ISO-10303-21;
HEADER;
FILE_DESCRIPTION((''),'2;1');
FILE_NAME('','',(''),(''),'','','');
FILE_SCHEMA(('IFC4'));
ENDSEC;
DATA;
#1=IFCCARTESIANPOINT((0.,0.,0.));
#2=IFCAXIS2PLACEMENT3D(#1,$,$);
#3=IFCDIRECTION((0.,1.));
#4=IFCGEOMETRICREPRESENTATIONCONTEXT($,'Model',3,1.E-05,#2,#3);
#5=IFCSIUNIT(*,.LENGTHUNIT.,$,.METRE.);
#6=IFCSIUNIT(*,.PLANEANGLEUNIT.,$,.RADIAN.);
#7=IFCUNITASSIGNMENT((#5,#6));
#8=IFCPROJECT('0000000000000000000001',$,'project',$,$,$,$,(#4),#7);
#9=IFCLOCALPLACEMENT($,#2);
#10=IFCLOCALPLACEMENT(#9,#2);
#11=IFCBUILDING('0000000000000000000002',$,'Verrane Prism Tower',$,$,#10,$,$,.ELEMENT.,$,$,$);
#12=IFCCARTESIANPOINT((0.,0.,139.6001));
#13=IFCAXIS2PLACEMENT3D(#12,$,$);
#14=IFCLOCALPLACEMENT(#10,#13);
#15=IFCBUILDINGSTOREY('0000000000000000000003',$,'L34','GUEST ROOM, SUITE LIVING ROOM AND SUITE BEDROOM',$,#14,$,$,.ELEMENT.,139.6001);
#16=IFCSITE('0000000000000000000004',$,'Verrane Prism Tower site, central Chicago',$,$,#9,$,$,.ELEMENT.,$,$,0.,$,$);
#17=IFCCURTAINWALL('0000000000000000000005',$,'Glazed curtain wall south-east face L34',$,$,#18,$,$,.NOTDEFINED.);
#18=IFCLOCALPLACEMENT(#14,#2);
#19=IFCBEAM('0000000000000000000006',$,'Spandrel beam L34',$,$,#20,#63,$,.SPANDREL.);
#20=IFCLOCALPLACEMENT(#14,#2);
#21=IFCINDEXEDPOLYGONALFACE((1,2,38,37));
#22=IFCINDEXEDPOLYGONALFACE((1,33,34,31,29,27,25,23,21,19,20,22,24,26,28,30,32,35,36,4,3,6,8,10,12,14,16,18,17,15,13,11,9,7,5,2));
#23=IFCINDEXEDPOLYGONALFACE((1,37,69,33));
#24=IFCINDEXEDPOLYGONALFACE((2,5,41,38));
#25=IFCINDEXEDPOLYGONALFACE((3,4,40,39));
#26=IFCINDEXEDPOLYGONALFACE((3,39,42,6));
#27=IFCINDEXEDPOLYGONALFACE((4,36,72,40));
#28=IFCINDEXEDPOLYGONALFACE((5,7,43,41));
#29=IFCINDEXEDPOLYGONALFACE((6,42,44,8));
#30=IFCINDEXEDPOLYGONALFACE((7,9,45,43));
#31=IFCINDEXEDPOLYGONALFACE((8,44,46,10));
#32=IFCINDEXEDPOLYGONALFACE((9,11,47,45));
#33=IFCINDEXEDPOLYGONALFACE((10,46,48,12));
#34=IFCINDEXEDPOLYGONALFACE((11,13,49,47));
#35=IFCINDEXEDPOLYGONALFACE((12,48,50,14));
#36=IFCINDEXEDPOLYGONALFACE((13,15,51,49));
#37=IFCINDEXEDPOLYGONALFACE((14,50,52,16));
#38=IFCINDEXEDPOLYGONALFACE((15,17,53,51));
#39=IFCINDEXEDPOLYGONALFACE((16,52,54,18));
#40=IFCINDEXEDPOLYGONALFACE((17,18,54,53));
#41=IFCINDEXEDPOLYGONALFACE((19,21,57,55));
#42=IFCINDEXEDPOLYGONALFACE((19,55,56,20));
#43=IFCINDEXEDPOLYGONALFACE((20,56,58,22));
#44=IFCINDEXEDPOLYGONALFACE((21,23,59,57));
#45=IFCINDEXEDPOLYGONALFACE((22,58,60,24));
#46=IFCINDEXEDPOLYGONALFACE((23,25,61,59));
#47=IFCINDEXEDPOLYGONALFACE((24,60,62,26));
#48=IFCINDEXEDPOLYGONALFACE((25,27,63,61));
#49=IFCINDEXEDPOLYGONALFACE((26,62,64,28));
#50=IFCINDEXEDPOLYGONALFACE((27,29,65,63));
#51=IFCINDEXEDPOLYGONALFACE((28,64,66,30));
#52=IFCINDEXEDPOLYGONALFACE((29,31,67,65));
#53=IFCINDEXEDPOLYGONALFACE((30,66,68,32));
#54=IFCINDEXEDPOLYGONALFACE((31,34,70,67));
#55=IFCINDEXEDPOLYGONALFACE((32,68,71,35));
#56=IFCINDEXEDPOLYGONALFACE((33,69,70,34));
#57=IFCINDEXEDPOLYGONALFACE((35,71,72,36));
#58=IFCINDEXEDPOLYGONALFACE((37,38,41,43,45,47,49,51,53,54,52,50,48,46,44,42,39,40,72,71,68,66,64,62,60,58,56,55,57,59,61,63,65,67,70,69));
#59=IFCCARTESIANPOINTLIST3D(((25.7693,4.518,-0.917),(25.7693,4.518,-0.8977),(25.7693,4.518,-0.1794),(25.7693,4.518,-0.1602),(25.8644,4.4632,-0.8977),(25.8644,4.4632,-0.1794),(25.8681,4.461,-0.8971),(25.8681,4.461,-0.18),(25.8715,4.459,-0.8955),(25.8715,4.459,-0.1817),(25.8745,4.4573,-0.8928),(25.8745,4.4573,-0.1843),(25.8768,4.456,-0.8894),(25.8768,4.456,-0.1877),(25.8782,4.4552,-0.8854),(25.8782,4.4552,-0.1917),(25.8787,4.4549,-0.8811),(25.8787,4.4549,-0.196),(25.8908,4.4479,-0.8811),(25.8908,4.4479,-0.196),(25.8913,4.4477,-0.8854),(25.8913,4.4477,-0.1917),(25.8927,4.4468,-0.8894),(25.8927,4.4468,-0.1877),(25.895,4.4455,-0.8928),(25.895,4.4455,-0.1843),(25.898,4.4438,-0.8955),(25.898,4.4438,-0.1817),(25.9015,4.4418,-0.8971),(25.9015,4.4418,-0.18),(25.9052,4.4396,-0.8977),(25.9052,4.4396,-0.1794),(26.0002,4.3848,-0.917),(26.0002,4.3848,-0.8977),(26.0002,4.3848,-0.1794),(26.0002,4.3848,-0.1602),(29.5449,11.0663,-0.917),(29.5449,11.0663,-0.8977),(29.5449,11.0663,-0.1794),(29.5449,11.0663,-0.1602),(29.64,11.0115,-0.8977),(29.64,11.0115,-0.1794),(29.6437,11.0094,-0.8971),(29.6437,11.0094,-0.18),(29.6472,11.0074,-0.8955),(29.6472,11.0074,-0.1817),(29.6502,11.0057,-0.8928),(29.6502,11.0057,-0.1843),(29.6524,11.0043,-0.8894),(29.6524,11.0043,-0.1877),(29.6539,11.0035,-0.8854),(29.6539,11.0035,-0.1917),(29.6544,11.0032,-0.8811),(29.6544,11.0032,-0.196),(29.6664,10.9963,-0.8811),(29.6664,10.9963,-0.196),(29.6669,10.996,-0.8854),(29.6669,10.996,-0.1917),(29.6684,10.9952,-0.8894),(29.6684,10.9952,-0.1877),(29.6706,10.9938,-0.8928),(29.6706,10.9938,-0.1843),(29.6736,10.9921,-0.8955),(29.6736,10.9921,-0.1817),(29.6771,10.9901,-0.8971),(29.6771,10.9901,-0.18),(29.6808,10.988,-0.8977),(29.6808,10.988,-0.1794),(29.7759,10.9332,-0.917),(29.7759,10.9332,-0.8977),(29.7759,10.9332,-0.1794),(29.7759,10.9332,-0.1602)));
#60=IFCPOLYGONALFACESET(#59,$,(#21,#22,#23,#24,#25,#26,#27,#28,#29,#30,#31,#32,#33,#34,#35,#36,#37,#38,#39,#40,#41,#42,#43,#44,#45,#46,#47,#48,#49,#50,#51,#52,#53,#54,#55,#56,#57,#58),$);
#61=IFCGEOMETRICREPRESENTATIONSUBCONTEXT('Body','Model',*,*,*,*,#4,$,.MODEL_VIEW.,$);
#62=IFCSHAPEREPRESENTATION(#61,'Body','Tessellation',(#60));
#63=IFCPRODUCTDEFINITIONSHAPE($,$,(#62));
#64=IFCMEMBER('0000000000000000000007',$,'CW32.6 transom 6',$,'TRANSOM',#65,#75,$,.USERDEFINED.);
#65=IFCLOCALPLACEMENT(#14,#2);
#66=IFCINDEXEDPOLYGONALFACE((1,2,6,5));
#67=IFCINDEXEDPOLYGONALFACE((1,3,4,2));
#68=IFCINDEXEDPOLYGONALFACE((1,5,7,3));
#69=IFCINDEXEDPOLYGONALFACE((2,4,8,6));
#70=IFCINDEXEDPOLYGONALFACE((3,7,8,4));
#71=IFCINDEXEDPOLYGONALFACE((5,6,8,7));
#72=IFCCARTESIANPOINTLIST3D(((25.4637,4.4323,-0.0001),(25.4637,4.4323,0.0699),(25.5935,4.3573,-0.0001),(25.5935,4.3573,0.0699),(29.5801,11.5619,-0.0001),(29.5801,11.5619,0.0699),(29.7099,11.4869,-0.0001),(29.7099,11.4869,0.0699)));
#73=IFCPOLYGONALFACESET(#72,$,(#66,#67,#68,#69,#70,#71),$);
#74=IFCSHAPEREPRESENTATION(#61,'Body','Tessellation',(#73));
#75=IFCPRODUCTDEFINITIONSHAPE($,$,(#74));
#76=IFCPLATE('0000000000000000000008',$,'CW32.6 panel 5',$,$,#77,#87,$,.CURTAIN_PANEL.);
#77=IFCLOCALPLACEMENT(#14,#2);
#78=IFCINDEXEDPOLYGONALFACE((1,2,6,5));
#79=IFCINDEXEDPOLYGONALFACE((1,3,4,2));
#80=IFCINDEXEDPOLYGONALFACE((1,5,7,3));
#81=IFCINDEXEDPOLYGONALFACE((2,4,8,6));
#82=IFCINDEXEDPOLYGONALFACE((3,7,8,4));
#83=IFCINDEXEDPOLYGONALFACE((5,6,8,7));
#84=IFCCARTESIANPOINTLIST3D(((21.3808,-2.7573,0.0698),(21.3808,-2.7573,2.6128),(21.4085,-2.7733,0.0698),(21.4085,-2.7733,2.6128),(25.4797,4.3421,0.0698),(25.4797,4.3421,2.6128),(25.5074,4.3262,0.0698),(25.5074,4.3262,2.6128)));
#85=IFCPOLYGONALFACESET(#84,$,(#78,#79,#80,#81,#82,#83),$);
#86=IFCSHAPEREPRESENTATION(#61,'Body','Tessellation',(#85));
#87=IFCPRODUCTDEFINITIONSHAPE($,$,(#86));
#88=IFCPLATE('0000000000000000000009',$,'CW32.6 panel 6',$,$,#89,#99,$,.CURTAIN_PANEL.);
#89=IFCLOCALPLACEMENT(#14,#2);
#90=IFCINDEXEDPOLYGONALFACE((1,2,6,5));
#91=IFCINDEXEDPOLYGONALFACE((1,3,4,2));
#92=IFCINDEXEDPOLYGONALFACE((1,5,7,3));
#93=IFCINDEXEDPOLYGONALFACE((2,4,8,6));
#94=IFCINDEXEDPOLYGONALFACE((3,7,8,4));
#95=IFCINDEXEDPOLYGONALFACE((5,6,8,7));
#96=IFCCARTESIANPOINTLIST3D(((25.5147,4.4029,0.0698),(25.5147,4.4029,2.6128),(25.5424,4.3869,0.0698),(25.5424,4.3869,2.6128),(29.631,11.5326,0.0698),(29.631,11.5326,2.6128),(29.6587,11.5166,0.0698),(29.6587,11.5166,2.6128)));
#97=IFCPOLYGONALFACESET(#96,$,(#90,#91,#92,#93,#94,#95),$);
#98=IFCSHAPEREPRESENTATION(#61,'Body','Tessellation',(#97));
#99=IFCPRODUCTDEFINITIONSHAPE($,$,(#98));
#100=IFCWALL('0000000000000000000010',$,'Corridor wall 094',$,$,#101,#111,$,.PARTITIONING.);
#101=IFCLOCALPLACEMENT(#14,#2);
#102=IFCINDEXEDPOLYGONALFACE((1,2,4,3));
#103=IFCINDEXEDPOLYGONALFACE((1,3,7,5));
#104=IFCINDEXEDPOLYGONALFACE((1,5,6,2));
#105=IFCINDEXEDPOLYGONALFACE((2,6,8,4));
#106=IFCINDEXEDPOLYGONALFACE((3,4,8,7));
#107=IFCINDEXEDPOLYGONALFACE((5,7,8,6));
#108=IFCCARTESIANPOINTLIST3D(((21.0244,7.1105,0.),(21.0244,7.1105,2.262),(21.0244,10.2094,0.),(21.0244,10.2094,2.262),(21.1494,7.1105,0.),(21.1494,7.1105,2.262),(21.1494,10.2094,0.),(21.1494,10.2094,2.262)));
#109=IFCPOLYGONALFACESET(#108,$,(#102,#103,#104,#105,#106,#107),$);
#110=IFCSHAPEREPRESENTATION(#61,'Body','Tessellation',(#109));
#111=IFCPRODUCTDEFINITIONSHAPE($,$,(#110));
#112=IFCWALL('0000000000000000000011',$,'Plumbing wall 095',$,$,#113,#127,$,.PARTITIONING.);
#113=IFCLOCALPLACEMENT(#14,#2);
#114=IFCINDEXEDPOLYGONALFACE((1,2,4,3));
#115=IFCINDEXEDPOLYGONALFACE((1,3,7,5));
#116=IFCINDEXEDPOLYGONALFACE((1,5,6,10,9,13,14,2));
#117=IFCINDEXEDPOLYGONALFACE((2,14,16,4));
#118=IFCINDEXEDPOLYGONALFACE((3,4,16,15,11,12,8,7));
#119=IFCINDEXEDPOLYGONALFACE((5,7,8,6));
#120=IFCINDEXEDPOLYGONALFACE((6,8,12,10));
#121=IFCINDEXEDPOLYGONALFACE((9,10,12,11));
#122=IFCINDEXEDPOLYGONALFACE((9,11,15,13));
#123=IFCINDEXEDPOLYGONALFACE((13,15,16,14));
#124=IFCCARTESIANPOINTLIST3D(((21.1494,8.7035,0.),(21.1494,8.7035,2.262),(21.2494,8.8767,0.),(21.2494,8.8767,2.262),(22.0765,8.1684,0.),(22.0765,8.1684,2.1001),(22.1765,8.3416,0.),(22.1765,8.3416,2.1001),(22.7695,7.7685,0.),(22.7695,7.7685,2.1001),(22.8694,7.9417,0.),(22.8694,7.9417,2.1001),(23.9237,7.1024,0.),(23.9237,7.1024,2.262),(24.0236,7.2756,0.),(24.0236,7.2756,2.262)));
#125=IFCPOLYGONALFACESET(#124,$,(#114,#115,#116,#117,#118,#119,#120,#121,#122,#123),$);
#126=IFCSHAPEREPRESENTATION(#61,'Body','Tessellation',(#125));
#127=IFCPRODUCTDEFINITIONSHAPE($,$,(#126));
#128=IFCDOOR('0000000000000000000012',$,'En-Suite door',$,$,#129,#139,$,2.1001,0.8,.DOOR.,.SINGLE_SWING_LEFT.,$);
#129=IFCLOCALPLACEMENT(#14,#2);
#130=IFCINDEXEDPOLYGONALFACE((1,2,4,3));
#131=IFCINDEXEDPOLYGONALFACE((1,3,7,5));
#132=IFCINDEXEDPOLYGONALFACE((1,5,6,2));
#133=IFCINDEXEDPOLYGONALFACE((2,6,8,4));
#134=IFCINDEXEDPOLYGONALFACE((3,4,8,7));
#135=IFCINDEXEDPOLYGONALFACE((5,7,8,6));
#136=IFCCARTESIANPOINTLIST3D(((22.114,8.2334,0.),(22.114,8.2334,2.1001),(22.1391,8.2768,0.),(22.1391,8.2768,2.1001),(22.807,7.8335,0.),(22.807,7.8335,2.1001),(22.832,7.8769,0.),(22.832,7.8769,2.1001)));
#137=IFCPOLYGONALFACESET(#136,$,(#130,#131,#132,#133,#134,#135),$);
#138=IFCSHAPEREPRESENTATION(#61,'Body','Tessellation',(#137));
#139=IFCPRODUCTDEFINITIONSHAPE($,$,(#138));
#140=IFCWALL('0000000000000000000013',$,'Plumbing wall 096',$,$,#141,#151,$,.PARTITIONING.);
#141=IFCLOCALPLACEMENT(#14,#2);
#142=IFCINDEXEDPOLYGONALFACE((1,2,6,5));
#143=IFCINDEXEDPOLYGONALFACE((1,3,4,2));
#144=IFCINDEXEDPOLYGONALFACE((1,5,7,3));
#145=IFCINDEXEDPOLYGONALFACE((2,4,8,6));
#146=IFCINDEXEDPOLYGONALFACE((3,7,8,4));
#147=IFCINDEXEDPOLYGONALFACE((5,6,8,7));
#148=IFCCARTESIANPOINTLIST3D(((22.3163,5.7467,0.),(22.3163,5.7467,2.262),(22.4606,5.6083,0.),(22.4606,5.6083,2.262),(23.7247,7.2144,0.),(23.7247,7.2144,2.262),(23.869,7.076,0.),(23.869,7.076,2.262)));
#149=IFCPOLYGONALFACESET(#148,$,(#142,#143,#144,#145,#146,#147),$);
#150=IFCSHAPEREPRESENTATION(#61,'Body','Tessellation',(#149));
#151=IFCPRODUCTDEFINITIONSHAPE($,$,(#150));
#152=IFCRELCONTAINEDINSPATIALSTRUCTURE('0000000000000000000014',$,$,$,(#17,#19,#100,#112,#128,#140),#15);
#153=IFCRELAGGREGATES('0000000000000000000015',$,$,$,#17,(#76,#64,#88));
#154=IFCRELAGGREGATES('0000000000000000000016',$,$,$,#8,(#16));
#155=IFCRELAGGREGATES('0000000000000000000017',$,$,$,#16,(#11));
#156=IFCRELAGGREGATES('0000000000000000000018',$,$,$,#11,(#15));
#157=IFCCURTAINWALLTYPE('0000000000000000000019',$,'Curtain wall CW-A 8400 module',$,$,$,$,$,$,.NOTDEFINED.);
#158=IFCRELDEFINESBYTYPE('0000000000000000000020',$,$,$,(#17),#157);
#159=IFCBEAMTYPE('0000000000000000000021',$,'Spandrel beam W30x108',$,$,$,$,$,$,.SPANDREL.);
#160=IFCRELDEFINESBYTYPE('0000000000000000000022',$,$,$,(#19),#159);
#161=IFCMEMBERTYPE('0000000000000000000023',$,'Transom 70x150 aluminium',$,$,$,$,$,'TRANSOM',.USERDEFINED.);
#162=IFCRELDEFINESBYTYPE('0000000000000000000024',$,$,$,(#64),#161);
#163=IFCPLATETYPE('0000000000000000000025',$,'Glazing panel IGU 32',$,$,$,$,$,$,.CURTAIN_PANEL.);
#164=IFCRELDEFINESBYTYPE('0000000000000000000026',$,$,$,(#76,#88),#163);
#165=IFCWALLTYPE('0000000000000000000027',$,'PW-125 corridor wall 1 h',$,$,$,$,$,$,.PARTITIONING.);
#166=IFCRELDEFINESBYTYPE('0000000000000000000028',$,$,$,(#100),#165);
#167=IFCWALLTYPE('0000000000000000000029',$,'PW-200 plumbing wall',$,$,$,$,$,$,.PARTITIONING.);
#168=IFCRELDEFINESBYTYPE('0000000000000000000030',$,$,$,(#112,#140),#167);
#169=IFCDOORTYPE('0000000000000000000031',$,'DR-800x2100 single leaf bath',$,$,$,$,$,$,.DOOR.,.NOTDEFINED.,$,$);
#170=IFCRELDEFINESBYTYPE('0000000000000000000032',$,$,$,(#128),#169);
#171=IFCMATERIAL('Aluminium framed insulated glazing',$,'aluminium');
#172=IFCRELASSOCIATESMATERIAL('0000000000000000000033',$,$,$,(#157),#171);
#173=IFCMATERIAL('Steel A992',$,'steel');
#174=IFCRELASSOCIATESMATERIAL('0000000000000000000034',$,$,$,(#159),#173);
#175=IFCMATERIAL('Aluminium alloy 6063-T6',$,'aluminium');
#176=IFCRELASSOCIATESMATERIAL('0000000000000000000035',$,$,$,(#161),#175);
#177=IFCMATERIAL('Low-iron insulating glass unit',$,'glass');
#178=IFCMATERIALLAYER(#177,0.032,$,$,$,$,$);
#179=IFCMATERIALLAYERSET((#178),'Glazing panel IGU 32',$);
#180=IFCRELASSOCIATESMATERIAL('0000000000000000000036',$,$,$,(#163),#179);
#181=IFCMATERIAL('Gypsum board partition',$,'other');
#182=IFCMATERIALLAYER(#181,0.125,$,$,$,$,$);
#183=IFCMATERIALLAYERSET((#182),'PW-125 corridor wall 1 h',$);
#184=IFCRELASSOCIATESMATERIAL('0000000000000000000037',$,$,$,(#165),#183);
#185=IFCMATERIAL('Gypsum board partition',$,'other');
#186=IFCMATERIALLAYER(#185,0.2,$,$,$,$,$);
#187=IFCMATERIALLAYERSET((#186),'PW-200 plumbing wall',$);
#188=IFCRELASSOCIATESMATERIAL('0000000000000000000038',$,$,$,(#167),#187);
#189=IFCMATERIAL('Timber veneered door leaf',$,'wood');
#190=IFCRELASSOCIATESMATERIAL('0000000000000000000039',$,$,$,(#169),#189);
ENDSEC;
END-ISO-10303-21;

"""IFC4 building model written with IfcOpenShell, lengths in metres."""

from ifc_helpers import new_model, si_unit, direction, frame, frame_2d, origin, origin_2d, place, context, subcontext, project, spatial, rectangle, i_section, extrude, material, layer, layer_set, material_profile, profile_set, type_object, element, fill, aggregate, save


model = new_model("IFC4")

# Units and contexts
model_context = context("Model", 3, precision=1e-05, world=origin(), true_north=direction((0.0, 1.0)))
body_context = subcontext(model_context, "Body", "Model", "MODEL_VIEW")
ifc_project = project(units=[si_unit("LENGTHUNIT", "METRE"), si_unit("PLANEANGLEUNIT", "RADIAN")], contexts=[model_context])

# Site, building, storey
site_placement = place(None, origin())
site = spatial("IfcSite", under=ifc_project, at=site_placement, Name="Verrane Prism Tower site, central Chicago", CompositionType="ELEMENT", RefElevation=0.0)
building_placement = place(site_placement, origin())
building = spatial("IfcBuilding", under=site, at=building_placement, Name="Verrane Prism Tower", CompositionType="ELEMENT")
storey_placement = place(building_placement, frame((0.0, 0.0, 139.6001)))
storey = spatial("IfcBuildingStorey", under=building, at=storey_placement, Name="L34", Description="GUEST ROOM, SUITE LIVING ROOM AND SUITE BEDROOM", CompositionType="ELEMENT", Elevation=139.6001)

# Curtain wall
ifc_material_1 = material(Name="Aluminium framed insulated glazing", Category="aluminium")
curtain_wall_type = type_object("IfcCurtainWallType", Name="Curtain wall CW-A 8400 module", PredefinedType="NOTDEFINED", material=ifc_material_1)
curtain_wall_placement = place(storey_placement, origin())
curtain_wall = element("IfcCurtainWall", 1, at=curtain_wall_placement, inside=storey, type_object=curtain_wall_type, Name="Glazed curtain wall south-east face L34", PredefinedType="NOTDEFINED")

# Beam
ifc_material_2 = material(Name="Steel A992", Category="steel")
ifc_material_profile_1 = material_profile(ifc_material_2, i_section(OverallWidth=0.2666, OverallDepth=0.7568, WebThickness=0.0139, FlangeThickness=0.0193, FilletRadius=0.0166, at=origin_2d()), Name="W30x108")
ifc_profile_set_1 = profile_set([ifc_material_profile_1], Name="Steel A992")
beam_type_1 = type_object("IfcBeamType", Name="Spandrel beam W30x108", PredefinedType="SPANDREL", material=ifc_profile_set_1)
beam_1_placement = place(storey_placement, frame((25.8848, 4.4514, -0.5386), z_axis=(0.499499, 0.866315, 0.0), x_axis=(-0.866315, 0.499499, 0.0)))
element("IfcBeam", 2, at=beam_1_placement, inside=storey, type_object=beam_type_1, Name="Spandrel beam L34", PredefinedType="SPANDREL", context=body_context, shape_type="SweptSolid", body=[
    extrude(i_section(OverallWidth=0.2666, OverallDepth=0.7568, WebThickness=0.0139, FlangeThickness=0.0193, FilletRadius=0.0166, at=origin_2d()), origin(), (0.0, 0.0, 1.0), 7.5588),
])

# Member
ifc_material_3 = material(Name="Aluminium alloy 6063-T6", Category="aluminium")
ifc_material_profile_2 = material_profile(ifc_material_3, rectangle(XDim=0.1499, YDim=0.0701, at=origin_2d()), Name="Transom 70x150 aluminium")
ifc_profile_set_2 = profile_set([ifc_material_profile_2], Name="Aluminium alloy 6063-T6")
member_type_1 = type_object("IfcMemberType", Name="Transom 70x150 aluminium", ElementType="TRANSOM", PredefinedType="USERDEFINED", material=ifc_profile_set_2)
member_1_placement = place(storey_placement, frame((25.5286, 4.3948, 0.0349), z_axis=(0.500014, 0.866017, 0.0), x_axis=(-0.866017, 0.500014, 0.0)))
member_1 = element("IfcMember", 3, at=member_1_placement, type_object=member_type_1, Name="CW32.6 transom 6", ObjectType="TRANSOM", PredefinedType="USERDEFINED", context=body_context, shape_type="SweptSolid", body=[
    extrude(rectangle(XDim=0.1499, YDim=0.0701, at=origin_2d()), origin(), (0.0, 0.0, 1.0), 8.2327),
])

# Plates
ifc_material_4 = material(Name="Low-iron insulating glass unit", Category="glass")
ifc_layer_1 = layer(ifc_material_4, 0.032)
ifc_layer_set_1 = layer_set([ifc_layer_1], Name="Glazing panel IGU 32")
plate_type = type_object("IfcPlateType", Name="Glazing panel IGU 32", PredefinedType="CURTAIN_PANEL", material=ifc_layer_set_1)
plate_1_placement = place(storey_placement, frame((23.4441, 0.7844, 0.0698), z_axis=(0.0, 0.0, 1.0), x_axis=(0.5, 0.866025, 0.0)))
plate_1 = element("IfcPlate", 4, at=plate_1_placement, type_object=plate_type, Name="CW32.6 panel 5", PredefinedType="CURTAIN_PANEL", context=body_context, shape_type="SweptSolid", body=[
    extrude(rectangle(XDim=8.1978, YDim=0.032, at=origin_2d()), origin(), (0.0, 0.0, 1.0), 2.543),
])
plate_2_placement = place(storey_placement, frame((27.5867, 7.9597, 0.0698), z_axis=(0.0, 0.0, 1.0), x_axis=(0.5, 0.866025, 0.0)))
plate_2 = element("IfcPlate", 5, at=plate_2_placement, type_object=plate_type, Name="CW32.6 panel 6", PredefinedType="CURTAIN_PANEL", context=body_context, shape_type="SweptSolid", body=[
    extrude(rectangle(XDim=8.2327, YDim=0.032, at=origin_2d()), origin(), (0.0, 0.0, 1.0), 2.543),
])
aggregate(curtain_wall, [plate_1, member_1, plate_2])

# Wall
ifc_material_5 = material(Name="Gypsum board partition", Category="other")
ifc_layer_2 = layer(ifc_material_5, 0.125)
ifc_layer_set_2 = layer_set([ifc_layer_2], Name="PW-125 corridor wall 1 h")
wall_type_1 = type_object("IfcWallType", Name="PW-125 corridor wall 1 h", PredefinedType="PARTITIONING", material=ifc_layer_set_2)
wall_1_placement = place(storey_placement, frame((21.0869, 7.1106, 0.0), z_axis=(0.0, 0.0, 1.0), x_axis=(0.0, 1.0, 0.0)))
element("IfcWall", 6, at=wall_1_placement, inside=storey, type_object=wall_type_1, Name="Corridor wall 094", PredefinedType="PARTITIONING", context=body_context, shape_type="SweptSolid", body=[
    extrude(rectangle(XDim=3.0989, YDim=0.125, at=frame_2d((1.5493, 0.0))), origin(), (0.0, 0.0, 1.0), 2.262),
])

# Wall, opening, door
ifc_material_6 = material(Name="Gypsum board partition", Category="other")
ifc_layer_3 = layer(ifc_material_6, 0.2)
ifc_layer_set_3 = layer_set([ifc_layer_3], Name="PW-200 plumbing wall")
wall_type_2 = type_object("IfcWallType", Name="PW-200 plumbing wall", PredefinedType="PARTITIONING", material=ifc_layer_set_3)
wall_2_placement = place(storey_placement, frame((23.9736, 7.189, 0.0), z_axis=(0.0, 0.0, 1.0), x_axis=(-0.866106, 0.499861, 0.0)))
wall_2 = element("IfcWall", 7, at=wall_2_placement, inside=storey, type_object=wall_type_2, Name="Plumbing wall 095", PredefinedType="PARTITIONING", context=body_context, shape_type="SweptSolid", body=[
    extrude(rectangle(XDim=3.2031, YDim=0.2, at=frame_2d((1.6016, 0.0))), origin(), (0.0, 0.0, 1.0), 2.262),
])
opening_placement = place(wall_2_placement, frame((1.3328, 0.0, 0.0)))
opening = element("IfcOpeningElement", 8, at=opening_placement, cuts=wall_2, PredefinedType="OPENING", context=body_context, shape_type="SweptSolid", body=[
    extrude(rectangle(XDim=0.8, YDim=2.1001, at=frame_2d((0.3999, 1.05))), frame((0.0, 0.1099, 0.0), z_axis=(0.0, -1.0, 0.0), x_axis=(1.0, 0.0, 0.0)), (0.0, 0.0, 1.0), 0.22),
])
ifc_material_7 = material(Name="Timber veneered door leaf", Category="wood")
door_type = type_object("IfcDoorType", Name="DR-800x2100 single leaf bath", OperationType="NOTDEFINED", PredefinedType="DOOR", material=ifc_material_7)
door_placement = place(opening_placement, origin())
door = element("IfcDoor", 9, at=door_placement, inside=storey, type_object=door_type, Name="En-Suite door", OperationType="SINGLE_SWING_LEFT", OverallHeight=2.1001, OverallWidth=0.8, PredefinedType="DOOR", context=body_context, shape_type="SweptSolid", body=[
    extrude(rectangle(XDim=0.8, YDim=2.1001, at=frame_2d((0.3999, 1.05))), frame((0.0, 0.0249, 0.0), z_axis=(0.0, -1.0, 0.0), x_axis=(1.0, 0.0, 0.0)), (0.0, 0.0, 1.0), 0.05),
])
fill(opening, door)

# Wall
wall_3_placement = place(storey_placement, frame((22.3884, 5.6775, 0.0), z_axis=(0.0, 0.0, 1.0), x_axis=(0.692374, 0.721538, 0.0)))
element("IfcWall", 10, at=wall_3_placement, inside=storey, type_object=wall_type_2, Name="Plumbing wall 096", PredefinedType="PARTITIONING", context=body_context, shape_type="SweptSolid", body=[
    extrude(rectangle(XDim=2.0342, YDim=0.2, at=frame_2d((1.0171, 0.0))), origin(), (0.0, 0.0, 1.0), 2.262),
])

save(model, "model.ifc")
